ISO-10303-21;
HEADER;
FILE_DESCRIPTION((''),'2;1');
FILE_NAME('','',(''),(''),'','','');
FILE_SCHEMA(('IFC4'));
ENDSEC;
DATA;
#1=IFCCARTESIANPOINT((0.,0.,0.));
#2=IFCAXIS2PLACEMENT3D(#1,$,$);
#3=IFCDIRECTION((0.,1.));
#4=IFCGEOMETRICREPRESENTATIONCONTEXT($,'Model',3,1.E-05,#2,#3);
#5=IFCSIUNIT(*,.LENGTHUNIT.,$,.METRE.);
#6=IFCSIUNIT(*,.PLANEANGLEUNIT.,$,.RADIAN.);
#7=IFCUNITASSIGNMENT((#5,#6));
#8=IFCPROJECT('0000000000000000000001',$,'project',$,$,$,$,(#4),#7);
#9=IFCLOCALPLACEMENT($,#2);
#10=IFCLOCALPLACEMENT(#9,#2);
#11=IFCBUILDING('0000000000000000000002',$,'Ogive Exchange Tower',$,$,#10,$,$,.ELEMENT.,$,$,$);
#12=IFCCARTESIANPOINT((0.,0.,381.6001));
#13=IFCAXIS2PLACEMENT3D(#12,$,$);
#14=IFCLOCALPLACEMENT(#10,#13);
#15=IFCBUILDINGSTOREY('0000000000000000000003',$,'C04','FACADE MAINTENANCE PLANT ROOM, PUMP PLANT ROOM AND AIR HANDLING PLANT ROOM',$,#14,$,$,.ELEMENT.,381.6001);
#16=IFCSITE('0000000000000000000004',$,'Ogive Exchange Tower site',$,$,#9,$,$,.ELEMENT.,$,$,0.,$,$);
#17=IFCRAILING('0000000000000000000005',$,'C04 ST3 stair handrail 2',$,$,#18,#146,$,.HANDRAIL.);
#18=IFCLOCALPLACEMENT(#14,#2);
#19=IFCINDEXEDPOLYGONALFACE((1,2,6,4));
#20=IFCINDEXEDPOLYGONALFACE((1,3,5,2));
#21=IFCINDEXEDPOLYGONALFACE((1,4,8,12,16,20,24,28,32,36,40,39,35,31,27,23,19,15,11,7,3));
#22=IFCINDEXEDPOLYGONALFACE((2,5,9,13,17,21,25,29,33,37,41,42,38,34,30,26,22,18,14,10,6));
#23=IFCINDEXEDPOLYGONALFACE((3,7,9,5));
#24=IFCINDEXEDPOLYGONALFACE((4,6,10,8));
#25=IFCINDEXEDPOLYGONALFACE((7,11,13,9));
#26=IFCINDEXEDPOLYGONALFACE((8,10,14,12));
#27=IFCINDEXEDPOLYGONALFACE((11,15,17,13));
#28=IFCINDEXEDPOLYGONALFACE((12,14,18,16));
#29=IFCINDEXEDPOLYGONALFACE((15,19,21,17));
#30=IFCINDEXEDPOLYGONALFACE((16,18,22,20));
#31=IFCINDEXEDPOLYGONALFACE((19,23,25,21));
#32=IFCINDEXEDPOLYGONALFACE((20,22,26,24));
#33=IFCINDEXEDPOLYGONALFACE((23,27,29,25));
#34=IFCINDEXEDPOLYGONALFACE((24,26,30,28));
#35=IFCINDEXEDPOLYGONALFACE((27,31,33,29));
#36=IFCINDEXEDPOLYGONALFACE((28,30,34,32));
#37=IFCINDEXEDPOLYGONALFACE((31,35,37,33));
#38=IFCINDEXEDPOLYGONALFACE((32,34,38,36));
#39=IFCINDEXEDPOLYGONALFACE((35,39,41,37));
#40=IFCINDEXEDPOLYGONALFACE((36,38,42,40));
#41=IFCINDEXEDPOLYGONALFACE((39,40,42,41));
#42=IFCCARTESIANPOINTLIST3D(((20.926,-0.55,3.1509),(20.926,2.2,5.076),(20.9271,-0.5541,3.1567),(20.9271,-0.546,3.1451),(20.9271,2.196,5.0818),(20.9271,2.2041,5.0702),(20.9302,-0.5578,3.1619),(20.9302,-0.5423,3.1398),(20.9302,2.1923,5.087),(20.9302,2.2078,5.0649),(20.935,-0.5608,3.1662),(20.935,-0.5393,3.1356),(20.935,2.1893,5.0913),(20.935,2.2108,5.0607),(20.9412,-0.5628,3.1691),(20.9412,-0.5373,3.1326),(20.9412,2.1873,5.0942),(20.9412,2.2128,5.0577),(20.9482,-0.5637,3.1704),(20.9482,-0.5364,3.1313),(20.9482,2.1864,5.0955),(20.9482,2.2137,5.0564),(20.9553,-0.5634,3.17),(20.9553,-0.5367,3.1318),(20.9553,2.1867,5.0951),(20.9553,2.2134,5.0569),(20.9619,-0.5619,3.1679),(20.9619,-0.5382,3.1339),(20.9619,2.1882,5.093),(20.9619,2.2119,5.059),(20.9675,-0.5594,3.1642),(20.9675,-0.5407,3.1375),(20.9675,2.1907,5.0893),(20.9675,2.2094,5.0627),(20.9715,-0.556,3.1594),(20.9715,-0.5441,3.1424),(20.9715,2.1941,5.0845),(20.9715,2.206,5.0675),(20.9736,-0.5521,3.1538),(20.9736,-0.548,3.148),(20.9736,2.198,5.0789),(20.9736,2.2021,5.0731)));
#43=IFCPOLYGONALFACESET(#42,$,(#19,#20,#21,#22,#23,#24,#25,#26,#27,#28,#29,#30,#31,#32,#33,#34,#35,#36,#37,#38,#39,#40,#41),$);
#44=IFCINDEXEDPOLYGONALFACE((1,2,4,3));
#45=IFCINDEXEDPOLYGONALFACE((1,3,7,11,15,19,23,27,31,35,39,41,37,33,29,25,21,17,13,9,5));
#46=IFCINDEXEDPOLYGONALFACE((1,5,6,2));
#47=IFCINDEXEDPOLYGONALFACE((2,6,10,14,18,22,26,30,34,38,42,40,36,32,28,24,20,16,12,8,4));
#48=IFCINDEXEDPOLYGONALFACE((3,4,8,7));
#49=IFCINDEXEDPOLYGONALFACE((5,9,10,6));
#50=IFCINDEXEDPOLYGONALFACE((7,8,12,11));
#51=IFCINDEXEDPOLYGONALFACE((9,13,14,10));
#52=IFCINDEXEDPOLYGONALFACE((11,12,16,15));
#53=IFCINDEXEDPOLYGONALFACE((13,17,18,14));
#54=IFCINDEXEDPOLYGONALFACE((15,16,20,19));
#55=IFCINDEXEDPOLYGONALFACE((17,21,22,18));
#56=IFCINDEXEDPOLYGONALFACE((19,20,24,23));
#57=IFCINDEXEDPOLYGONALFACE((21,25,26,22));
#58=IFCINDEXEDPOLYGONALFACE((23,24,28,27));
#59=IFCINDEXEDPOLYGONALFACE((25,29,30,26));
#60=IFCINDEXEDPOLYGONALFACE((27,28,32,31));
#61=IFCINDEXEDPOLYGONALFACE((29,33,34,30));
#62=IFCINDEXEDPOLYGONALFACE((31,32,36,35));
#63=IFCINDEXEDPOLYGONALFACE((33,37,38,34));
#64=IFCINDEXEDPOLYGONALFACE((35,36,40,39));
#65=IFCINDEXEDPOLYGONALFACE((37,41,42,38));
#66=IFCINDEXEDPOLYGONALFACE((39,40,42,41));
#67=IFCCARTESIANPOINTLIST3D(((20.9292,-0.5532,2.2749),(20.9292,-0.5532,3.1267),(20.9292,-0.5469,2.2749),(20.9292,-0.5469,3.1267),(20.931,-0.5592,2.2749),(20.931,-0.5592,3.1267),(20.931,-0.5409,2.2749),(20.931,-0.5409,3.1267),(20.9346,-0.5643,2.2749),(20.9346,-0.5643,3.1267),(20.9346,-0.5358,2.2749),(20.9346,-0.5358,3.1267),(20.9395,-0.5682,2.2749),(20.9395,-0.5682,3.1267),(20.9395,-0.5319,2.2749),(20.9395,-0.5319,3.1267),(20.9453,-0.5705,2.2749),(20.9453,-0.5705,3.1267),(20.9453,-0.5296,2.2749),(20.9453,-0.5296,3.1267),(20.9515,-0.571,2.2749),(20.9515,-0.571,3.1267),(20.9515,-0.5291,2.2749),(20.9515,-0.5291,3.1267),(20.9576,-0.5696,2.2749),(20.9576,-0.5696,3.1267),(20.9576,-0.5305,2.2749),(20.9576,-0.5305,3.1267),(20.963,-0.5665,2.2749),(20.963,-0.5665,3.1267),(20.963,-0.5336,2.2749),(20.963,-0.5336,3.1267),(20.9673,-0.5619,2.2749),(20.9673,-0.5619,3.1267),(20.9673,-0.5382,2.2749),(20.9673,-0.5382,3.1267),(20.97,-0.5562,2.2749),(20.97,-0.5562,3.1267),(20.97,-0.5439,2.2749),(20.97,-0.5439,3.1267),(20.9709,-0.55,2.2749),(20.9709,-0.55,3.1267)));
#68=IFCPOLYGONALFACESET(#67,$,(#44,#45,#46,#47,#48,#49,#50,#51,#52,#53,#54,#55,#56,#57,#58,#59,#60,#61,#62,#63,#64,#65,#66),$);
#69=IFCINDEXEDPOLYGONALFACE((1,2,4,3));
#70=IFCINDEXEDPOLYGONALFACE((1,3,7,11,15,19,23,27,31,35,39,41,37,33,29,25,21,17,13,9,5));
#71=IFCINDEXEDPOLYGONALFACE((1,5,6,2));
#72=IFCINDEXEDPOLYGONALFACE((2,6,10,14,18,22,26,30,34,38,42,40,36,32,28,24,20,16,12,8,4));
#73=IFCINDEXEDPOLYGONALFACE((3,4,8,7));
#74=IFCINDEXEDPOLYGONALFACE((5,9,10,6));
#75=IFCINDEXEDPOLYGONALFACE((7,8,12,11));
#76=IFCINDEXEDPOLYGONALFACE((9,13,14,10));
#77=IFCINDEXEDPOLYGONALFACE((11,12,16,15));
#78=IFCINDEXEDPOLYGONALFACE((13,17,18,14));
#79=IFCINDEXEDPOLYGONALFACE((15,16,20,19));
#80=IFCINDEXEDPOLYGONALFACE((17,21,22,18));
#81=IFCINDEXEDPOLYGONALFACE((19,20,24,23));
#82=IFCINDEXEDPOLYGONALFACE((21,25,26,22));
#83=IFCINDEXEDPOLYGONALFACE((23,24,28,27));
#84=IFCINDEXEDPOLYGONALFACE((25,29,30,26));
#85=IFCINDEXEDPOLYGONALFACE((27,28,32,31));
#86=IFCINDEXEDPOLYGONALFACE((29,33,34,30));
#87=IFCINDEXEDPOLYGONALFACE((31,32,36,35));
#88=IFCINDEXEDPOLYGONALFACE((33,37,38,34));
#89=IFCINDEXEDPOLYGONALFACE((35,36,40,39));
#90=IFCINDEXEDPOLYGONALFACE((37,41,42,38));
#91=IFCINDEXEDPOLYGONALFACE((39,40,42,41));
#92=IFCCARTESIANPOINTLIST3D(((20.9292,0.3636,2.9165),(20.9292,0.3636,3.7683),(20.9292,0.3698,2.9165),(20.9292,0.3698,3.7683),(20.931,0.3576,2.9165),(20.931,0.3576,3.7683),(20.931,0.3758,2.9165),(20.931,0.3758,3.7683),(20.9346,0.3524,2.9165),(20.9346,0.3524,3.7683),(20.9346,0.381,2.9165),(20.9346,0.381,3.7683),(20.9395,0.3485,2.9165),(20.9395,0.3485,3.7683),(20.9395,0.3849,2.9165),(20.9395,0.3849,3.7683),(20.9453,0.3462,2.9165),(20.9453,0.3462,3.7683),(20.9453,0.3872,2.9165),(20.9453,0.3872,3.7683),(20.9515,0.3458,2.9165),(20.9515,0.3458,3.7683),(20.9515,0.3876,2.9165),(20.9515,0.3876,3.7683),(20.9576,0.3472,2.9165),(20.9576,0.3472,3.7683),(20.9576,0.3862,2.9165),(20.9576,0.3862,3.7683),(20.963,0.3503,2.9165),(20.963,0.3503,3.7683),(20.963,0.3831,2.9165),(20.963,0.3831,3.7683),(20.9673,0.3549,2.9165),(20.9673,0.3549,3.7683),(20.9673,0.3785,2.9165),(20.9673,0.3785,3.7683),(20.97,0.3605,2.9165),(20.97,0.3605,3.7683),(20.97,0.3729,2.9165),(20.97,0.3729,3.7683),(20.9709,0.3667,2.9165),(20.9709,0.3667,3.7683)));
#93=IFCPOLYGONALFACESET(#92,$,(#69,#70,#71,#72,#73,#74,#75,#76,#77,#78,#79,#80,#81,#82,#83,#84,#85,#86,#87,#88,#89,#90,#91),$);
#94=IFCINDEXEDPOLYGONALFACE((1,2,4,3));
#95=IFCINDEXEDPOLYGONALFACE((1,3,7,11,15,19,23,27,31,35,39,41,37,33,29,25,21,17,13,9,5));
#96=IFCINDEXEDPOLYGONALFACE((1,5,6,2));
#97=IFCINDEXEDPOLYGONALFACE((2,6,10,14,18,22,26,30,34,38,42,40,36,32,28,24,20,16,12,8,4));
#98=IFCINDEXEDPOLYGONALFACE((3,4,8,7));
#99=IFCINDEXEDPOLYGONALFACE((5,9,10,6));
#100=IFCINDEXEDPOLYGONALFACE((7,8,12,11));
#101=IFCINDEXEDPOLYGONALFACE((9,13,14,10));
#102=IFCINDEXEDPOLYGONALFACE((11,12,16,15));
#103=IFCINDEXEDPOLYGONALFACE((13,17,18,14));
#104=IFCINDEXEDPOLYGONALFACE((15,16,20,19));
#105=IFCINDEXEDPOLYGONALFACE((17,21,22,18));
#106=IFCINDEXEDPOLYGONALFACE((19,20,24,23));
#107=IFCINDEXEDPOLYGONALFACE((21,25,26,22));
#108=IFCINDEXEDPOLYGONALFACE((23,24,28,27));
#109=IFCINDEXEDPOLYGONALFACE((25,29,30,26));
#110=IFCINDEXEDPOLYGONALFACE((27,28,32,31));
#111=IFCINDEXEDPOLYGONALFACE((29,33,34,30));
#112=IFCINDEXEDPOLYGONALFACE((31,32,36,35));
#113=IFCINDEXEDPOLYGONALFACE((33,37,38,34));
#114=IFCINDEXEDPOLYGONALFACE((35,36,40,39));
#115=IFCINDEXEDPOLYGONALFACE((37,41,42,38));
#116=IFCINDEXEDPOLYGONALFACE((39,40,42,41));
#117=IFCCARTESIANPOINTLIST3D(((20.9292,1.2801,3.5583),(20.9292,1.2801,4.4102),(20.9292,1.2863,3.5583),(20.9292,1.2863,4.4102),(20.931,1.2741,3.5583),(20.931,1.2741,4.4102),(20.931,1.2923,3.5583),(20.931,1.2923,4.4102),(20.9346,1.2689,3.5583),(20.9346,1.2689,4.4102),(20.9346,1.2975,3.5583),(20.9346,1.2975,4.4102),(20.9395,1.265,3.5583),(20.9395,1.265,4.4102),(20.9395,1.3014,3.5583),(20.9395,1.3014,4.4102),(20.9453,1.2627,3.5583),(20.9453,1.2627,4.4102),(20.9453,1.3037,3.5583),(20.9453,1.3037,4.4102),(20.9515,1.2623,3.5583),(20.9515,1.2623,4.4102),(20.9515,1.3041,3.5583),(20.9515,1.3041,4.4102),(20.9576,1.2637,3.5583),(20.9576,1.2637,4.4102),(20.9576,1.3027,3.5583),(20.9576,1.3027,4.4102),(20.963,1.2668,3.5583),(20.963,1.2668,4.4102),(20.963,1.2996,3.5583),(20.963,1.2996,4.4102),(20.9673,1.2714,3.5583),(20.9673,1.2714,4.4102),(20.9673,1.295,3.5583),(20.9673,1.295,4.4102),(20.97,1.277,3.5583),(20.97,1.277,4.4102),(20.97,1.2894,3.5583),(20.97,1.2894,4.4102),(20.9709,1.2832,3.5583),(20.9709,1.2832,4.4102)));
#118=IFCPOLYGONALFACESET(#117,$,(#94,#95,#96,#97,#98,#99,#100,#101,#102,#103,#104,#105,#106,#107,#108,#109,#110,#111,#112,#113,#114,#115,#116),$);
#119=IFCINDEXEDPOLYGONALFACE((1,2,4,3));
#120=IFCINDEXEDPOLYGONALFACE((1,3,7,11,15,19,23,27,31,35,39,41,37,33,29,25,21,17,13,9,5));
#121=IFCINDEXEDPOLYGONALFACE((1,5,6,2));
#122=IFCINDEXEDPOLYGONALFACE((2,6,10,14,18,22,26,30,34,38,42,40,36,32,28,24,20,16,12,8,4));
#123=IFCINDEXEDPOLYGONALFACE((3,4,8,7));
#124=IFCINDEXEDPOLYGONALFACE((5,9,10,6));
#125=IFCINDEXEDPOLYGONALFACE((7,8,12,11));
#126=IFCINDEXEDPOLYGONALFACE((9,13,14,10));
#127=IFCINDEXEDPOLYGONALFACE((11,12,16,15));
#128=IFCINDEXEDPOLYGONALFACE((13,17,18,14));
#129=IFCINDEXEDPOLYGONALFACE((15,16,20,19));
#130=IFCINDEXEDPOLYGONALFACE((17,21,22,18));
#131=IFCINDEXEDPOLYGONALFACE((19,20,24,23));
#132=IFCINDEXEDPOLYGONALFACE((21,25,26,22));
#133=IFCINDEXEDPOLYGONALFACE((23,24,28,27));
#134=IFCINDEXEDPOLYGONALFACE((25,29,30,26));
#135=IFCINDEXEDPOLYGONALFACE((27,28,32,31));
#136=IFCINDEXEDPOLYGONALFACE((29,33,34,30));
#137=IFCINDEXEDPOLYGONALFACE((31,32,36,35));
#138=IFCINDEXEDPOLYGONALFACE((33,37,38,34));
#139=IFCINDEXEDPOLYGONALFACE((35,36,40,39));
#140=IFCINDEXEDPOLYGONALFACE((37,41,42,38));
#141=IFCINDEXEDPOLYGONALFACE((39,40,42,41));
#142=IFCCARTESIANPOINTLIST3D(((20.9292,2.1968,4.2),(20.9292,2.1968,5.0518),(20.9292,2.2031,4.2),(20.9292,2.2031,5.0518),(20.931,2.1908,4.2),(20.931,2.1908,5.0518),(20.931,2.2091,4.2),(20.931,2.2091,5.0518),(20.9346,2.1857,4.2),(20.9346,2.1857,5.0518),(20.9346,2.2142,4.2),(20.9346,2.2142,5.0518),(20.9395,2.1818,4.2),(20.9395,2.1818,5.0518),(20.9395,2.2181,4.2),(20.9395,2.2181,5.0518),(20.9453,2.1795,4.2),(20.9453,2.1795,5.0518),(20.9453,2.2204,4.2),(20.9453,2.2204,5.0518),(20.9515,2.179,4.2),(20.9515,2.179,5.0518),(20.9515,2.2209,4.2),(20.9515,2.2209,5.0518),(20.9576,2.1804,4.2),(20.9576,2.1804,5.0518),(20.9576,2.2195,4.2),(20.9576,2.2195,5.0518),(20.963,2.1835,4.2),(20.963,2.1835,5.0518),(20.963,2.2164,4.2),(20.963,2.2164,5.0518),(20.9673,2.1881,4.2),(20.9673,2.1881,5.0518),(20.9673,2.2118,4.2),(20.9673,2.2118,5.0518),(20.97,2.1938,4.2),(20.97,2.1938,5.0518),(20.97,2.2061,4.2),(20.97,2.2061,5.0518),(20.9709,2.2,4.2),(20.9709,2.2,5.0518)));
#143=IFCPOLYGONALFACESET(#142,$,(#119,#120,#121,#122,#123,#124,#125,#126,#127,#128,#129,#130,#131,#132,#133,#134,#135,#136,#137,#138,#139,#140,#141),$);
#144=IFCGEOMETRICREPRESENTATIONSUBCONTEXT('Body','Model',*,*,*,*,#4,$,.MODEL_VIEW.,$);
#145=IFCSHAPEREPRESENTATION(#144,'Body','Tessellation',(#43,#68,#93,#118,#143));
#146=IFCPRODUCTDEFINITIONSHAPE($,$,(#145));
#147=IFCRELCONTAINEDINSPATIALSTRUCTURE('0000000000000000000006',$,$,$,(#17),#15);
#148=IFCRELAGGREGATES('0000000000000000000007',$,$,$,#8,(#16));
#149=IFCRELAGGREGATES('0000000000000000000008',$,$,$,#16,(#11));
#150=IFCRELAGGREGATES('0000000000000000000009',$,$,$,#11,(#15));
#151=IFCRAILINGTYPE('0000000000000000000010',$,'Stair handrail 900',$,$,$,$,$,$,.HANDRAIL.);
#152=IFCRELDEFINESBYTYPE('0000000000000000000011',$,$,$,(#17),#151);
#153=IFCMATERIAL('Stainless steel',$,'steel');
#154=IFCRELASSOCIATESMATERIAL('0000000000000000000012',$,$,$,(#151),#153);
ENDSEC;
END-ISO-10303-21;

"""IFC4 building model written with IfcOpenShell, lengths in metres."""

from ifc_helpers import new_model, si_unit, direction, frame, origin, origin_2d, place, context, subcontext, project, spatial, circle, extrude, material, type_object, element, save


model = new_model("IFC4")

# Units and contexts
model_context = context("Model", 3, precision=1e-05, world=origin(), true_north=direction((0.0, 1.0)))
body_context = subcontext(model_context, "Body", "Model", "MODEL_VIEW")
ifc_project = project(units=[si_unit("LENGTHUNIT", "METRE"), si_unit("PLANEANGLEUNIT", "RADIAN")], contexts=[model_context])

# Site, building, storey
site_placement = place(None, origin())
site = spatial("IfcSite", under=ifc_project, at=site_placement, Name="Ogive Exchange Tower site", CompositionType="ELEMENT", RefElevation=0.0)
building_placement = place(site_placement, origin())
building = spatial("IfcBuilding", under=site, at=building_placement, Name="Ogive Exchange Tower", CompositionType="ELEMENT")
storey_placement = place(building_placement, frame((0.0, 0.0, 381.6001)))
storey = spatial("IfcBuildingStorey", under=building, at=storey_placement, Name="C04", Description="FACADE MAINTENANCE PLANT ROOM, PUMP PLANT ROOM AND AIR HANDLING PLANT ROOM", CompositionType="ELEMENT", Elevation=381.6001)

# Shared definitions
ifc_material_1 = material(Name="Stainless steel", Category="steel")

# Railing
railing_type = type_object("IfcRailingType", Name="Stair handrail 900", PredefinedType="HANDRAIL", material=ifc_material_1)
railing_1_placement = place(storey_placement, frame((20.95, -0.55, 2.2749)))
element("IfcRailing", 1, at=railing_1_placement, inside=storey, type_object=railing_type, Name="C04 ST3 stair handrail 2", PredefinedType="HANDRAIL", context=body_context, shape_type="SweptSolid", body=[
    extrude(circle(Radius=0.0239, at=origin_2d()), frame((0.0, 0.0, 0.876), z_axis=(0.0, 0.819225, 0.573472), x_axis=(-1.0, 0.0, 0.0)), (0.0, 0.0, 1.0), 3.3569),
    extrude(circle(Radius=0.021, at=origin_2d()), origin(), (0.0, 0.0, 1.0), 0.8518),
    extrude(circle(Radius=0.021, at=origin_2d()), frame((0.0, 0.9167, 0.6416)), (0.0, 0.0, 1.0), 0.8518),
    extrude(circle(Radius=0.021, at=origin_2d()), frame((0.0, 1.8333, 1.2834)), (0.0, 0.0, 1.0), 0.8518),
    extrude(circle(Radius=0.021, at=origin_2d()), frame((0.0, 2.75, 1.925)), (0.0, 0.0, 1.0), 0.8518),
])

save(model, "model.ifc")
